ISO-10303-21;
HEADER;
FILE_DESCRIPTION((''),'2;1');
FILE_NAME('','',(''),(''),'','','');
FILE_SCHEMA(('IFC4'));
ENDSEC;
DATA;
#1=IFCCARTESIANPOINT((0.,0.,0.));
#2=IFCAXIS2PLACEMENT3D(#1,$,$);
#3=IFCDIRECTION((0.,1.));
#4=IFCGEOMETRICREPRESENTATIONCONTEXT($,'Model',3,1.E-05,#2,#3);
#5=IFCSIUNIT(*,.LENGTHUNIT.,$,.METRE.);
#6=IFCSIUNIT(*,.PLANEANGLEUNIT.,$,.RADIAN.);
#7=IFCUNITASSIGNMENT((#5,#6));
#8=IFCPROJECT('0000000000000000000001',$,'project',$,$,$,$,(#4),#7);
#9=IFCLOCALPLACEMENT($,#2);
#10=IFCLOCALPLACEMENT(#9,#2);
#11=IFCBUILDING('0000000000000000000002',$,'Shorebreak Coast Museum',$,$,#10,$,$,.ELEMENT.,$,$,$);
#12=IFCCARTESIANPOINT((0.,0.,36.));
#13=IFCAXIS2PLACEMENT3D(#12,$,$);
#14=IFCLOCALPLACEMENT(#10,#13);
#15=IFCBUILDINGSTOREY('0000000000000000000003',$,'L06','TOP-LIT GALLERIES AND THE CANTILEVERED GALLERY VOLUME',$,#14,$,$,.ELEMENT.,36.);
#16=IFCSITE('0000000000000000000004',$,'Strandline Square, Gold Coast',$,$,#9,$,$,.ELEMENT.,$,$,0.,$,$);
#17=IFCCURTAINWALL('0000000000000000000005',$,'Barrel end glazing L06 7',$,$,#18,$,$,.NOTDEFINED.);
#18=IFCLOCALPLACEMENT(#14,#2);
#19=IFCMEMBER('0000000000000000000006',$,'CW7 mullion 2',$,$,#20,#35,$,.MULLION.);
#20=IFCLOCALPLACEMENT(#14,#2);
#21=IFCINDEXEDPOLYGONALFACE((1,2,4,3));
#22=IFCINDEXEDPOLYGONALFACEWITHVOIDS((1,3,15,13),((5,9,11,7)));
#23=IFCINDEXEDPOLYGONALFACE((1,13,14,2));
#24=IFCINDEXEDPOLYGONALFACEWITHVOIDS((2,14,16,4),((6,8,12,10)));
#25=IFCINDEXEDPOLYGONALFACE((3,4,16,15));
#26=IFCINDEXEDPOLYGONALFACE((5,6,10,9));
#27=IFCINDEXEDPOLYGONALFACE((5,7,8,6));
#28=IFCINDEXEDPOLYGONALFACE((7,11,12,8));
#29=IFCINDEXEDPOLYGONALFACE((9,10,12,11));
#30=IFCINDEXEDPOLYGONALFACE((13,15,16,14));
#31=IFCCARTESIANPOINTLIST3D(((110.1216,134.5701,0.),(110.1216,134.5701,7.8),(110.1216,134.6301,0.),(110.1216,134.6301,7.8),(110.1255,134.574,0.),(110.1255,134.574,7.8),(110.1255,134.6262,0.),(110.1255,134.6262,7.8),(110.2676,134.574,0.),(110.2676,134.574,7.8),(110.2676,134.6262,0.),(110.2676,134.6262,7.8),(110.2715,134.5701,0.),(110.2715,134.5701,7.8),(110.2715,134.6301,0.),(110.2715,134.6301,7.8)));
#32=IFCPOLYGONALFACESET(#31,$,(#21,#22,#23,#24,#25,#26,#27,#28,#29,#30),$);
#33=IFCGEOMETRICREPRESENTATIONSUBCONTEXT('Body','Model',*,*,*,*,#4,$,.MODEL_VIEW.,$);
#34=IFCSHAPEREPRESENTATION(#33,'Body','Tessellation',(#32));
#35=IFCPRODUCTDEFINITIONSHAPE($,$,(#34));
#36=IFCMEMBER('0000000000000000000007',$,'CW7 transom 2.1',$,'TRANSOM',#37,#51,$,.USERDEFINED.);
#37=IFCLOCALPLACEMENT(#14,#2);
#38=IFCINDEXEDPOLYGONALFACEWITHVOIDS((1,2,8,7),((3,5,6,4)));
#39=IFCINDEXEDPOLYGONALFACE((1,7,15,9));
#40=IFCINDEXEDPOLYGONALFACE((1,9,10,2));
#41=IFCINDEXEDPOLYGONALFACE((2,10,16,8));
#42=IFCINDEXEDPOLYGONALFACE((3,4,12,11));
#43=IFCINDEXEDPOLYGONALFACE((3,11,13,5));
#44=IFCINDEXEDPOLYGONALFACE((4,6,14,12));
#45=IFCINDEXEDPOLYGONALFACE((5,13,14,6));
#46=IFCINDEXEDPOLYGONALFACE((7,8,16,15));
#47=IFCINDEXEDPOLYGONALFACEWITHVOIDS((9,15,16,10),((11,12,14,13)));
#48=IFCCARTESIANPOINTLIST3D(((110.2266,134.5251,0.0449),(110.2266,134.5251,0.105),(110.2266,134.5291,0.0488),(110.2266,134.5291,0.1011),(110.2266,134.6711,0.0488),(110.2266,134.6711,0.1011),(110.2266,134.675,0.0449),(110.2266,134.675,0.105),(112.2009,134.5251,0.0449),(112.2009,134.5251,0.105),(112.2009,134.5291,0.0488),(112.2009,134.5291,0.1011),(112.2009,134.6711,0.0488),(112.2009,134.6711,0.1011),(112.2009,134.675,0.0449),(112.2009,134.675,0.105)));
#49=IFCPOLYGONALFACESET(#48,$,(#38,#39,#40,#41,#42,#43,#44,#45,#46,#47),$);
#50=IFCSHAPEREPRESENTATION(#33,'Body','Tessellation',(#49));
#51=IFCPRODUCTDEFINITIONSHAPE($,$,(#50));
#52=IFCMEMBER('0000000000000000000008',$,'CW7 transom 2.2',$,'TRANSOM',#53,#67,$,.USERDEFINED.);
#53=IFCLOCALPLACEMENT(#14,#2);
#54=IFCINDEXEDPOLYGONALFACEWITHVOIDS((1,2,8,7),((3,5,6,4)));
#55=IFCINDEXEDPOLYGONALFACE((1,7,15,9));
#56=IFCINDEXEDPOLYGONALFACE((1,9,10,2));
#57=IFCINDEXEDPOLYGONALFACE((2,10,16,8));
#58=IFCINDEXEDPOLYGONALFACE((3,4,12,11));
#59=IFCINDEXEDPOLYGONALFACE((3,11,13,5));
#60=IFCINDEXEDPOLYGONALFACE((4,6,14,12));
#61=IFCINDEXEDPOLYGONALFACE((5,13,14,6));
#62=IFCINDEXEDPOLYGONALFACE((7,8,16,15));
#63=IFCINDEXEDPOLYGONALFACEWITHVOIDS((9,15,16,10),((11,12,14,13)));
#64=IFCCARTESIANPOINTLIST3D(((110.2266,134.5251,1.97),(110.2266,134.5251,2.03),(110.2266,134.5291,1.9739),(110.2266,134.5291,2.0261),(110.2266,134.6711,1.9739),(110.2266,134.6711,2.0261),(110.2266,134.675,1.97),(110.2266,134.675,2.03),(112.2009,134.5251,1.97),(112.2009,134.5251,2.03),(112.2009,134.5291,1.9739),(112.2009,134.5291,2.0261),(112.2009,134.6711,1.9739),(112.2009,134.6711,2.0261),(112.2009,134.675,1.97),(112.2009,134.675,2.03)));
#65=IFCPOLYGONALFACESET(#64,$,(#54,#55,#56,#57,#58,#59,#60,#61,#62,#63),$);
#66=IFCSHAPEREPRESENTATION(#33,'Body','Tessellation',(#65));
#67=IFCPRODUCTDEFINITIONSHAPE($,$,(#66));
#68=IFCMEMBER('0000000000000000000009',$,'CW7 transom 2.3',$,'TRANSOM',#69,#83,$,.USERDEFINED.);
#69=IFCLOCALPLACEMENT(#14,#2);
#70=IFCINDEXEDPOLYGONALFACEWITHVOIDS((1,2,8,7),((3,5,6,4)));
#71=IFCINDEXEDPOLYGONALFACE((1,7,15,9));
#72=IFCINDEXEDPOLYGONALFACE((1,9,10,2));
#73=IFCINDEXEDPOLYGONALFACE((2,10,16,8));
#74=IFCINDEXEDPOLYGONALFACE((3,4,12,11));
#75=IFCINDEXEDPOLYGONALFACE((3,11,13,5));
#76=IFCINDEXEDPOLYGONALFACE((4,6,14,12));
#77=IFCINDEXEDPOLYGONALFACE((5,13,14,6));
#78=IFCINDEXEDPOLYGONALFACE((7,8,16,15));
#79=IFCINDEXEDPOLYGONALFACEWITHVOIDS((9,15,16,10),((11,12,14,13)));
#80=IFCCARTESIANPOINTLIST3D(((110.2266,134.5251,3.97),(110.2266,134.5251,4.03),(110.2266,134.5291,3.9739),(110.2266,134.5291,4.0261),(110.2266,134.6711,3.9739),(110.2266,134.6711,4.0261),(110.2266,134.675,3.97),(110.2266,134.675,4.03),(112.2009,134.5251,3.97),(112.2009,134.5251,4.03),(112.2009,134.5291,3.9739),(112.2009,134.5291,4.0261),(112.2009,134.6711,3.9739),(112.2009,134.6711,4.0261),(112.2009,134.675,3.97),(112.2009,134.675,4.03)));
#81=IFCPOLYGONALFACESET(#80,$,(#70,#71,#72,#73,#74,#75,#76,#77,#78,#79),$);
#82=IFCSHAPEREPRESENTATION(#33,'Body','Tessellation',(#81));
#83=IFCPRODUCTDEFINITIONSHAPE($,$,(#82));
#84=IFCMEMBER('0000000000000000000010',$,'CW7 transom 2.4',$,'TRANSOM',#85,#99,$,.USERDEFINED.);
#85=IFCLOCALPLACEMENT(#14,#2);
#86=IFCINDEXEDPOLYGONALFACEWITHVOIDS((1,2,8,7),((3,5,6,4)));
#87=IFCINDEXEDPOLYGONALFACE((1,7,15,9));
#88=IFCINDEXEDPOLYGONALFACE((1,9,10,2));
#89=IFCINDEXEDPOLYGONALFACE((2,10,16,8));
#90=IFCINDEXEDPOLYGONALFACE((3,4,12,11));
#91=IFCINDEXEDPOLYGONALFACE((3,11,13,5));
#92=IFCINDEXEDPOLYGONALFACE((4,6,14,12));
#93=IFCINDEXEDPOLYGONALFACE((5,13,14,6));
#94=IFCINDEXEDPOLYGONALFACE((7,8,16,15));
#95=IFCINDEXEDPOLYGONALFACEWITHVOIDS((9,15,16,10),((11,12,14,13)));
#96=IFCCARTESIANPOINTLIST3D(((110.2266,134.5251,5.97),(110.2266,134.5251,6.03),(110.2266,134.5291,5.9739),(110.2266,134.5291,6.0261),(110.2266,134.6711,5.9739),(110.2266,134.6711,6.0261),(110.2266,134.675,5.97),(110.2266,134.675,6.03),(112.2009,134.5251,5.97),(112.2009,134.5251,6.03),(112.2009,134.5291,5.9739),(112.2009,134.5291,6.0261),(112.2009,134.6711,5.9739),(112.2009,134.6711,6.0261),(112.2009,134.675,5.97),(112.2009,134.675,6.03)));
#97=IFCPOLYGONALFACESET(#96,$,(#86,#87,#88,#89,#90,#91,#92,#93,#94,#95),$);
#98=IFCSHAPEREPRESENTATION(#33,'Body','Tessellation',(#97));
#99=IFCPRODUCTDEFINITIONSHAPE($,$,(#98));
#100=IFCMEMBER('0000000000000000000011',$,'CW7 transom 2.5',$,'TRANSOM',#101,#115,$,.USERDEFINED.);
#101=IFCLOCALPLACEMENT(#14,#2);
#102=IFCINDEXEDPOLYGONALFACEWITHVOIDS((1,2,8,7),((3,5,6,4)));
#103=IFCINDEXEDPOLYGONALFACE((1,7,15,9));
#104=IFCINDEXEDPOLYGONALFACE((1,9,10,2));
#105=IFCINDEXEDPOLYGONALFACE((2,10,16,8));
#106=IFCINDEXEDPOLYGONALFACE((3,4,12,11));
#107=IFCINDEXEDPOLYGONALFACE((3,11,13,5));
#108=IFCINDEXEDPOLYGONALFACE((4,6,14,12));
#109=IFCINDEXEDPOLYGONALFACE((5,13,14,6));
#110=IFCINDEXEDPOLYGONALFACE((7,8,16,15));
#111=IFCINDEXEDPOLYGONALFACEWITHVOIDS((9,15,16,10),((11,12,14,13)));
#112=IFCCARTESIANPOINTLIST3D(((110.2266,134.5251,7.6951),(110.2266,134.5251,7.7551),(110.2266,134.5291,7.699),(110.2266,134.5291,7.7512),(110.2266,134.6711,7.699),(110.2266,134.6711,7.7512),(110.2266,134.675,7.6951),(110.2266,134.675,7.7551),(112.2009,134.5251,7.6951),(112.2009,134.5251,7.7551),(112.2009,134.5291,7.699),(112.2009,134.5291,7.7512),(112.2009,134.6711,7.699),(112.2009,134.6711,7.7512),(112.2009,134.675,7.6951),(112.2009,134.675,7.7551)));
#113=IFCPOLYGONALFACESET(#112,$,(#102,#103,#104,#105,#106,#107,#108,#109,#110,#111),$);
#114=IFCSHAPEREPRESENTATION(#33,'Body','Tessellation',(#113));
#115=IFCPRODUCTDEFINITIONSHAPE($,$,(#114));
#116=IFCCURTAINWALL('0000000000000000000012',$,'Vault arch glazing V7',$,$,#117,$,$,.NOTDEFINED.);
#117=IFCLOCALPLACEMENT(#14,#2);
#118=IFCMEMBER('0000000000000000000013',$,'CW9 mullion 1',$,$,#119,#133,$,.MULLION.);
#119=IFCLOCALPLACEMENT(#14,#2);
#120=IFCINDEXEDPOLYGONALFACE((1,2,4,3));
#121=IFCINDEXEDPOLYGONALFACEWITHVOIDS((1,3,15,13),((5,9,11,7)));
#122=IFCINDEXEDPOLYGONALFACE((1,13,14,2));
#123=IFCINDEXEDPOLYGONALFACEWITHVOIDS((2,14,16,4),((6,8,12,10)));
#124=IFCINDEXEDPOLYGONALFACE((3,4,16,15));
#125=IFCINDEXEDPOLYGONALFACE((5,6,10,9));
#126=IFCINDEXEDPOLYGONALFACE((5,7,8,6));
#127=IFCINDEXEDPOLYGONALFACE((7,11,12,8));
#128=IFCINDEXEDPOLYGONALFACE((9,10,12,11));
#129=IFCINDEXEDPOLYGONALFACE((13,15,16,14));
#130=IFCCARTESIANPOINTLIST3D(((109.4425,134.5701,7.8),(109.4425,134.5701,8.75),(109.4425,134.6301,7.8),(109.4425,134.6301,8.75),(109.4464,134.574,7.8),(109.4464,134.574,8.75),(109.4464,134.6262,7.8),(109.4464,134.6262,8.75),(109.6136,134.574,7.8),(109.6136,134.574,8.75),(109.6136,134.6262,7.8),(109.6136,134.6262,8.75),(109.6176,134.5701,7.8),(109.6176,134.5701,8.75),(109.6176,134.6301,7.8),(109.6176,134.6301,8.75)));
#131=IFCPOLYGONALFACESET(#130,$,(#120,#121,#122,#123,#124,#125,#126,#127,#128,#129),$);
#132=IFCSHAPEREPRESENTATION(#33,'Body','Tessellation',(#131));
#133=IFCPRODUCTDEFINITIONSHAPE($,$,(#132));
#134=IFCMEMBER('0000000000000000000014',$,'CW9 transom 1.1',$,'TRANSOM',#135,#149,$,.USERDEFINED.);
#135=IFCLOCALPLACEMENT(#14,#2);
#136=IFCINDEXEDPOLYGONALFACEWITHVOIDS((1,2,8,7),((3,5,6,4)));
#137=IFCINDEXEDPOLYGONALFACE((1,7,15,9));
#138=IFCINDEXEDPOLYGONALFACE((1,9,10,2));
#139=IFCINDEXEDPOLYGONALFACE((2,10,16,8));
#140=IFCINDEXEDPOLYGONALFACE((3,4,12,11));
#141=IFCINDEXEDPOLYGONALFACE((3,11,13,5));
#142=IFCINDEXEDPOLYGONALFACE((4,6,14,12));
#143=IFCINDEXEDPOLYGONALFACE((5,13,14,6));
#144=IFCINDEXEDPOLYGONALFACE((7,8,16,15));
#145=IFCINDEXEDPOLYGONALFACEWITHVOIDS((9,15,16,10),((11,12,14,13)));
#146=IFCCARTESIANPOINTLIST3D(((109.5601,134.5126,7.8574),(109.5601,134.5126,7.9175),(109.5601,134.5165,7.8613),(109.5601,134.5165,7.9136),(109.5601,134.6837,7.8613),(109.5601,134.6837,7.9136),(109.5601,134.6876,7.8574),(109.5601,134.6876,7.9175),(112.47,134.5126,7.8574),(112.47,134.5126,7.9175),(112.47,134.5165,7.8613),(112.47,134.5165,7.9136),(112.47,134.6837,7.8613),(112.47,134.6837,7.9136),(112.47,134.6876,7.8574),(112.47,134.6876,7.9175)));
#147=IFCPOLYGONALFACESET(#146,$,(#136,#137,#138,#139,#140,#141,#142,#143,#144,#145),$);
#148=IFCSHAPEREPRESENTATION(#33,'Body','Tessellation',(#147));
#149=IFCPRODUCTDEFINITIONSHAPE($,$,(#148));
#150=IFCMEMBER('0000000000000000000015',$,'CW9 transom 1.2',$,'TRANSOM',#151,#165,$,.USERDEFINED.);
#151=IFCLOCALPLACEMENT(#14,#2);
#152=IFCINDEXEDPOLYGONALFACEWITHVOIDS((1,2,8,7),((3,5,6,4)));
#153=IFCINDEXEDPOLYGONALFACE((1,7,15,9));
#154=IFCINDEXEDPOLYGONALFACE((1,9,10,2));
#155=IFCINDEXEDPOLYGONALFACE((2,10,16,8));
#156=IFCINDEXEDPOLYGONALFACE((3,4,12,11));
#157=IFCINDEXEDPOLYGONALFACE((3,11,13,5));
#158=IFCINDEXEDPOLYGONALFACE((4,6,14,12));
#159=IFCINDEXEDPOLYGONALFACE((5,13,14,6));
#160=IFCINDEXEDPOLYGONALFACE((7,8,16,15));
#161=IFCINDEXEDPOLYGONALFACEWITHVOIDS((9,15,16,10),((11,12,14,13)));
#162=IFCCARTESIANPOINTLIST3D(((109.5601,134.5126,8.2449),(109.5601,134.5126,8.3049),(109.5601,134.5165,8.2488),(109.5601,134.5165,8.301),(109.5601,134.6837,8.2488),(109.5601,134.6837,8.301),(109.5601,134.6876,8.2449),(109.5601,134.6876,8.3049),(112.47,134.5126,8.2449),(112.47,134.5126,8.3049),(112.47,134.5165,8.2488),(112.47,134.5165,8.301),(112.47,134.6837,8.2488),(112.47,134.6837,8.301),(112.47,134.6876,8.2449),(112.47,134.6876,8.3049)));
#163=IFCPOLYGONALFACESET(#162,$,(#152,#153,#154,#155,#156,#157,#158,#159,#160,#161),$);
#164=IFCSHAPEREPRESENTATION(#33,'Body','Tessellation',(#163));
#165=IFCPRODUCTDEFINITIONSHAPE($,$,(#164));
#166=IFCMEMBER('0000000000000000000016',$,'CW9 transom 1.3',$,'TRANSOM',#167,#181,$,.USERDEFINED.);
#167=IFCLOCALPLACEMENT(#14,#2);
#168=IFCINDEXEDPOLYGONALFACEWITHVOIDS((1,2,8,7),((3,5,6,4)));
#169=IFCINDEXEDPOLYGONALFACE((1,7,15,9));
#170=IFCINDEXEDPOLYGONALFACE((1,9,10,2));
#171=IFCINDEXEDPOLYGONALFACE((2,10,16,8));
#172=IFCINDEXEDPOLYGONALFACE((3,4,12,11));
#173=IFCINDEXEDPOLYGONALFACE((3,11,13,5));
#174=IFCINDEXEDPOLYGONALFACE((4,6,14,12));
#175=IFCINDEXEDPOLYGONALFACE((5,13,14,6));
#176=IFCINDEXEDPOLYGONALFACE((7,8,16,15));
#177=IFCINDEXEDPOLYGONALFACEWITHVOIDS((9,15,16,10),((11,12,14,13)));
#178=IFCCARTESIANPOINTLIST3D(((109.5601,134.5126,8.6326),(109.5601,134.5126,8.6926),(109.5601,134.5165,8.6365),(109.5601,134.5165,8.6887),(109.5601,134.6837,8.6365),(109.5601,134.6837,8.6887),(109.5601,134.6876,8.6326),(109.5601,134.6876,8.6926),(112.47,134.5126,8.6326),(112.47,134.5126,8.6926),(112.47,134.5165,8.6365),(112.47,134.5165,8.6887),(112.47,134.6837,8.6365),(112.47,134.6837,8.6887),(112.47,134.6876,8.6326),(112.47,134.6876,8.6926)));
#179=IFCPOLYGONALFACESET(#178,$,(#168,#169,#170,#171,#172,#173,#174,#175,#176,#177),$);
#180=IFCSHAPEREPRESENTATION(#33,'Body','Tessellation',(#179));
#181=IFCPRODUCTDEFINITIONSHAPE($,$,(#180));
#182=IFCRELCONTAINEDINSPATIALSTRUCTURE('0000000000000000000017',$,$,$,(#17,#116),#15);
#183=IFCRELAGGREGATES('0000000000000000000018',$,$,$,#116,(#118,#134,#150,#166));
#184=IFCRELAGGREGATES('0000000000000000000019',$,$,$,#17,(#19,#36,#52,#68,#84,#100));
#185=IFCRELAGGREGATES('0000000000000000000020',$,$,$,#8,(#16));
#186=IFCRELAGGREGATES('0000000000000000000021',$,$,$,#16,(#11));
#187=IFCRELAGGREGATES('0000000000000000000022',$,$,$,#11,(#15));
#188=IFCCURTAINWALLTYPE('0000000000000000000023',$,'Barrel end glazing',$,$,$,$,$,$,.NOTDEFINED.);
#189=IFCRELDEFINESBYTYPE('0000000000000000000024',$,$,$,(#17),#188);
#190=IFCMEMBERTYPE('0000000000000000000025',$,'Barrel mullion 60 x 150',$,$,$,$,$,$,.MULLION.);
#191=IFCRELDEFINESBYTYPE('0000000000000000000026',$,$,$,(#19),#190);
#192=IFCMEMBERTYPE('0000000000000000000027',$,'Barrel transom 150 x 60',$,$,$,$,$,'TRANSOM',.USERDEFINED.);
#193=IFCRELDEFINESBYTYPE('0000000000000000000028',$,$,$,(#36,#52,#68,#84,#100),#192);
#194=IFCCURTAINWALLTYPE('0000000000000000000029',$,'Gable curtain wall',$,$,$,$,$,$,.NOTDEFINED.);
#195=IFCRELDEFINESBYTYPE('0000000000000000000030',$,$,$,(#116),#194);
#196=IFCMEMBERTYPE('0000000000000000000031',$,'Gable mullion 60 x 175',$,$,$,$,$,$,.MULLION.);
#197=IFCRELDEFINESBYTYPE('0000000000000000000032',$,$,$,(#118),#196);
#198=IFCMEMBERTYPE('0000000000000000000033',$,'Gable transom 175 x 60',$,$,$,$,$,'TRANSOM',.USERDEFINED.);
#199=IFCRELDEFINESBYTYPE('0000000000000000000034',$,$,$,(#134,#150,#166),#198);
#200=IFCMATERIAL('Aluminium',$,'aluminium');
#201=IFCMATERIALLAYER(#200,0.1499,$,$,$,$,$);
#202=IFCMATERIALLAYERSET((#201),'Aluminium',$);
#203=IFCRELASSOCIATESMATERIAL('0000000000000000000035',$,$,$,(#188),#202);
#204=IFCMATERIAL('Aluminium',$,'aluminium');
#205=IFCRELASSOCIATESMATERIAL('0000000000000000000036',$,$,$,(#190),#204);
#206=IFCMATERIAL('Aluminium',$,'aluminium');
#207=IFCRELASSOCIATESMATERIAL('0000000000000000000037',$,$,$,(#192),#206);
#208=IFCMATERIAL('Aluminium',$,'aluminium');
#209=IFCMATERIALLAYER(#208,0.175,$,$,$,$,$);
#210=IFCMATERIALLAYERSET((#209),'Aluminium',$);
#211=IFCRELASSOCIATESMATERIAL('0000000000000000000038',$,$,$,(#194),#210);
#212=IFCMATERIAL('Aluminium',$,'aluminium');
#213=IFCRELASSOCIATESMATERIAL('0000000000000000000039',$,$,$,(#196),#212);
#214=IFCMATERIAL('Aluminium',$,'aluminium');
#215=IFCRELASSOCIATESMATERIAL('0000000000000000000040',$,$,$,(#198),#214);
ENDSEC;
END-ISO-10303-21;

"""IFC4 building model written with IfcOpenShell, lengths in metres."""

from ifc_helpers import new_model, si_unit, direction, frame, origin, origin_2d, place, context, subcontext, project, spatial, hollow_rectangle, extrude, material, layer, layer_set, material_profile, profile_set, type_object, element, aggregate, save


model = new_model("IFC4")

# Units and contexts
model_context = context("Model", 3, precision=1e-05, world=origin(), true_north=direction((0.0, 1.0)))
body_context = subcontext(model_context, "Body", "Model", "MODEL_VIEW")
ifc_project = project(units=[si_unit("LENGTHUNIT", "METRE"), si_unit("PLANEANGLEUNIT", "RADIAN")], contexts=[model_context])

# Site, building, storey
site_placement = place(None, origin())
site = spatial("IfcSite", under=ifc_project, at=site_placement, Name="Strandline Square, Gold Coast", CompositionType="ELEMENT", RefElevation=0.0)
building_placement = place(site_placement, origin())
building = spatial("IfcBuilding", under=site, at=building_placement, Name="Shorebreak Coast Museum", CompositionType="ELEMENT")
storey_placement = place(building_placement, frame((0.0, 0.0, 36.0)))
storey = spatial("IfcBuildingStorey", under=building, at=storey_placement, Name="L06", Description="TOP-LIT GALLERIES AND THE CANTILEVERED GALLERY VOLUME", CompositionType="ELEMENT", Elevation=36.0)

# Curtain walls, members
ifc_material_1 = material(Name="Aluminium", Category="aluminium")
ifc_layer_1 = layer(ifc_material_1, 0.1499)
ifc_layer_set_1 = layer_set([ifc_layer_1], Name="Aluminium")
curtain_wall_type_1 = type_object("IfcCurtainWallType", Name="Barrel end glazing", PredefinedType="NOTDEFINED", material=ifc_layer_set_1)
curtain_wall_1_placement = place(storey_placement, origin())
curtain_wall_1 = element("IfcCurtainWall", 1, at=curtain_wall_1_placement, inside=storey, type_object=curtain_wall_type_1, Name="Barrel end glazing L06 7", PredefinedType="NOTDEFINED")
ifc_material_2 = material(Name="Aluminium", Category="aluminium")
ifc_material_profile_1 = material_profile(ifc_material_2, hollow_rectangle(XDim=0.0601, YDim=0.1499, WallThickness=0.0039, at=origin_2d()), Name="AL 150x60 RHS")
ifc_profile_set_1 = profile_set([ifc_material_profile_1], Name="Aluminium")
member_type_1 = type_object("IfcMemberType", Name="Barrel mullion 60 x 150", PredefinedType="MULLION", material=ifc_profile_set_1)
member_1_placement = place(storey_placement, frame((110.1965, 134.6001, 0.0), z_axis=(0.0, 0.0, 1.0), x_axis=(0.0, 1.0, 0.0)))
member_1 = element("IfcMember", 2, at=member_1_placement, type_object=member_type_1, Name="CW7 mullion 2", PredefinedType="MULLION", context=body_context, shape_type="SweptSolid", body=[
    extrude(hollow_rectangle(XDim=0.0601, YDim=0.1499, WallThickness=0.0039, at=origin_2d()), origin(), (0.0, 0.0, 1.0), 7.8),
])
ifc_material_3 = material(Name="Aluminium", Category="aluminium")
ifc_material_profile_2 = material_profile(ifc_material_3, hollow_rectangle(XDim=0.1499, YDim=0.0601, WallThickness=0.0039, at=origin_2d()), Name="AL 60x150 RHS")
ifc_profile_set_2 = profile_set([ifc_material_profile_2], Name="Aluminium")
member_type_2 = type_object("IfcMemberType", Name="Barrel transom 150 x 60", ElementType="TRANSOM", PredefinedType="USERDEFINED", material=ifc_profile_set_2)
member_2_placement = place(storey_placement, frame((110.2266, 134.6001, 0.075), z_axis=(1.0, 0.0, 0.0), x_axis=(0.0, 1.0, 0.0)))
member_2 = element("IfcMember", 3, at=member_2_placement, type_object=member_type_2, Name="CW7 transom 2.1", ObjectType="TRANSOM", PredefinedType="USERDEFINED", context=body_context, shape_type="SweptSolid", body=[
    extrude(hollow_rectangle(XDim=0.1499, YDim=0.0601, WallThickness=0.0039, at=origin_2d()), origin(), (0.0, 0.0, 1.0), 1.9744),
])
member_3_placement = place(storey_placement, frame((110.2266, 134.6001, 2.0), z_axis=(1.0, 0.0, 0.0), x_axis=(0.0, 1.0, 0.0)))
member_3 = element("IfcMember", 4, at=member_3_placement, type_object=member_type_2, Name="CW7 transom 2.2", ObjectType="TRANSOM", PredefinedType="USERDEFINED", context=body_context, shape_type="SweptSolid", body=[
    extrude(hollow_rectangle(XDim=0.1499, YDim=0.0601, WallThickness=0.0039, at=origin_2d()), origin(), (0.0, 0.0, 1.0), 1.9744),
])
member_4_placement = place(storey_placement, frame((110.2266, 134.6001, 4.0), z_axis=(1.0, 0.0, 0.0), x_axis=(0.0, 1.0, 0.0)))
member_4 = element("IfcMember", 5, at=member_4_placement, type_object=member_type_2, Name="CW7 transom 2.3", ObjectType="TRANSOM", PredefinedType="USERDEFINED", context=body_context, shape_type="SweptSolid", body=[
    extrude(hollow_rectangle(XDim=0.1499, YDim=0.0601, WallThickness=0.0039, at=origin_2d()), origin(), (0.0, 0.0, 1.0), 1.9744),
])
member_5_placement = place(storey_placement, frame((110.2266, 134.6001, 6.0), z_axis=(1.0, 0.0, 0.0), x_axis=(0.0, 1.0, 0.0)))
member_5 = element("IfcMember", 6, at=member_5_placement, type_object=member_type_2, Name="CW7 transom 2.4", ObjectType="TRANSOM", PredefinedType="USERDEFINED", context=body_context, shape_type="SweptSolid", body=[
    extrude(hollow_rectangle(XDim=0.1499, YDim=0.0601, WallThickness=0.0039, at=origin_2d()), origin(), (0.0, 0.0, 1.0), 1.9744),
])
member_6_placement = place(storey_placement, frame((110.2266, 134.6001, 7.7251), z_axis=(1.0, 0.0, 0.0), x_axis=(0.0, 1.0, 0.0)))
member_6 = element("IfcMember", 7, at=member_6_placement, type_object=member_type_2, Name="CW7 transom 2.5", ObjectType="TRANSOM", PredefinedType="USERDEFINED", context=body_context, shape_type="SweptSolid", body=[
    extrude(hollow_rectangle(XDim=0.1499, YDim=0.0601, WallThickness=0.0039, at=origin_2d()), origin(), (0.0, 0.0, 1.0), 1.9744),
])
ifc_material_4 = material(Name="Aluminium", Category="aluminium")
ifc_layer_2 = layer(ifc_material_4, 0.175)
ifc_layer_set_2 = layer_set([ifc_layer_2], Name="Aluminium")
curtain_wall_type_2 = type_object("IfcCurtainWallType", Name="Gable curtain wall", PredefinedType="NOTDEFINED", material=ifc_layer_set_2)
curtain_wall_2_placement = place(storey_placement, origin())
curtain_wall_2 = element("IfcCurtainWall", 8, at=curtain_wall_2_placement, inside=storey, type_object=curtain_wall_type_2, Name="Vault arch glazing V7", PredefinedType="NOTDEFINED")
ifc_material_5 = material(Name="Aluminium", Category="aluminium")
ifc_material_profile_3 = material_profile(ifc_material_5, hollow_rectangle(XDim=0.0601, YDim=0.175, WallThickness=0.0039, at=origin_2d()), Name="AL 175x60 RHS")
ifc_profile_set_3 = profile_set([ifc_material_profile_3], Name="Aluminium")
member_type_3 = type_object("IfcMemberType", Name="Gable mullion 60 x 175", PredefinedType="MULLION", material=ifc_profile_set_3)
member_7_placement = place(storey_placement, frame((109.53, 134.6001, 7.8), z_axis=(0.0, 0.0, 1.0), x_axis=(0.0, 1.0, 0.0)))
member_7 = element("IfcMember", 9, at=member_7_placement, type_object=member_type_3, Name="CW9 mullion 1", PredefinedType="MULLION", context=body_context, shape_type="SweptSolid", body=[
    extrude(hollow_rectangle(XDim=0.0601, YDim=0.175, WallThickness=0.0039, at=origin_2d()), origin(), (0.0, 0.0, 1.0), 0.95),
])
ifc_material_6 = material(Name="Aluminium", Category="aluminium")
ifc_material_profile_4 = material_profile(ifc_material_6, hollow_rectangle(XDim=0.175, YDim=0.0601, WallThickness=0.0039, at=origin_2d()), Name="AL 60x175 RHS")
ifc_profile_set_4 = profile_set([ifc_material_profile_4], Name="Aluminium")
member_type_4 = type_object("IfcMemberType", Name="Gable transom 175 x 60", ElementType="TRANSOM", PredefinedType="USERDEFINED", material=ifc_profile_set_4)
member_8_placement = place(storey_placement, frame((109.5601, 134.6001, 7.8875), z_axis=(1.0, 0.0, 0.0), x_axis=(0.0, 1.0, 0.0)))
member_8 = element("IfcMember", 10, at=member_8_placement, type_object=member_type_4, Name="CW9 transom 1.1", ObjectType="TRANSOM", PredefinedType="USERDEFINED", context=body_context, shape_type="SweptSolid", body=[
    extrude(hollow_rectangle(XDim=0.175, YDim=0.0601, WallThickness=0.0039, at=origin_2d()), origin(), (0.0, 0.0, 1.0), 2.9099),
])
member_9_placement = place(storey_placement, frame((109.5601, 134.6001, 8.2749), z_axis=(1.0, 0.0, 0.0), x_axis=(0.0, 1.0, 0.0)))
member_9 = element("IfcMember", 11, at=member_9_placement, type_object=member_type_4, Name="CW9 transom 1.2", ObjectType="TRANSOM", PredefinedType="USERDEFINED", context=body_context, shape_type="SweptSolid", body=[
    extrude(hollow_rectangle(XDim=0.175, YDim=0.0601, WallThickness=0.0039, at=origin_2d()), origin(), (0.0, 0.0, 1.0), 2.9099),
])
member_10_placement = place(storey_placement, frame((109.5601, 134.6001, 8.6626), z_axis=(1.0, 0.0, 0.0), x_axis=(0.0, 1.0, 0.0)))
member_10 = element("IfcMember", 12, at=member_10_placement, type_object=member_type_4, Name="CW9 transom 1.3", ObjectType="TRANSOM", PredefinedType="USERDEFINED", context=body_context, shape_type="SweptSolid", body=[
    extrude(hollow_rectangle(XDim=0.175, YDim=0.0601, WallThickness=0.0039, at=origin_2d()), origin(), (0.0, 0.0, 1.0), 2.9099),
])
aggregate(curtain_wall_2, [member_7, member_8, member_9, member_10])

aggregate(curtain_wall_1, [member_1, member_2, member_3, member_4, member_5, member_6])

save(model, "model.ifc")
